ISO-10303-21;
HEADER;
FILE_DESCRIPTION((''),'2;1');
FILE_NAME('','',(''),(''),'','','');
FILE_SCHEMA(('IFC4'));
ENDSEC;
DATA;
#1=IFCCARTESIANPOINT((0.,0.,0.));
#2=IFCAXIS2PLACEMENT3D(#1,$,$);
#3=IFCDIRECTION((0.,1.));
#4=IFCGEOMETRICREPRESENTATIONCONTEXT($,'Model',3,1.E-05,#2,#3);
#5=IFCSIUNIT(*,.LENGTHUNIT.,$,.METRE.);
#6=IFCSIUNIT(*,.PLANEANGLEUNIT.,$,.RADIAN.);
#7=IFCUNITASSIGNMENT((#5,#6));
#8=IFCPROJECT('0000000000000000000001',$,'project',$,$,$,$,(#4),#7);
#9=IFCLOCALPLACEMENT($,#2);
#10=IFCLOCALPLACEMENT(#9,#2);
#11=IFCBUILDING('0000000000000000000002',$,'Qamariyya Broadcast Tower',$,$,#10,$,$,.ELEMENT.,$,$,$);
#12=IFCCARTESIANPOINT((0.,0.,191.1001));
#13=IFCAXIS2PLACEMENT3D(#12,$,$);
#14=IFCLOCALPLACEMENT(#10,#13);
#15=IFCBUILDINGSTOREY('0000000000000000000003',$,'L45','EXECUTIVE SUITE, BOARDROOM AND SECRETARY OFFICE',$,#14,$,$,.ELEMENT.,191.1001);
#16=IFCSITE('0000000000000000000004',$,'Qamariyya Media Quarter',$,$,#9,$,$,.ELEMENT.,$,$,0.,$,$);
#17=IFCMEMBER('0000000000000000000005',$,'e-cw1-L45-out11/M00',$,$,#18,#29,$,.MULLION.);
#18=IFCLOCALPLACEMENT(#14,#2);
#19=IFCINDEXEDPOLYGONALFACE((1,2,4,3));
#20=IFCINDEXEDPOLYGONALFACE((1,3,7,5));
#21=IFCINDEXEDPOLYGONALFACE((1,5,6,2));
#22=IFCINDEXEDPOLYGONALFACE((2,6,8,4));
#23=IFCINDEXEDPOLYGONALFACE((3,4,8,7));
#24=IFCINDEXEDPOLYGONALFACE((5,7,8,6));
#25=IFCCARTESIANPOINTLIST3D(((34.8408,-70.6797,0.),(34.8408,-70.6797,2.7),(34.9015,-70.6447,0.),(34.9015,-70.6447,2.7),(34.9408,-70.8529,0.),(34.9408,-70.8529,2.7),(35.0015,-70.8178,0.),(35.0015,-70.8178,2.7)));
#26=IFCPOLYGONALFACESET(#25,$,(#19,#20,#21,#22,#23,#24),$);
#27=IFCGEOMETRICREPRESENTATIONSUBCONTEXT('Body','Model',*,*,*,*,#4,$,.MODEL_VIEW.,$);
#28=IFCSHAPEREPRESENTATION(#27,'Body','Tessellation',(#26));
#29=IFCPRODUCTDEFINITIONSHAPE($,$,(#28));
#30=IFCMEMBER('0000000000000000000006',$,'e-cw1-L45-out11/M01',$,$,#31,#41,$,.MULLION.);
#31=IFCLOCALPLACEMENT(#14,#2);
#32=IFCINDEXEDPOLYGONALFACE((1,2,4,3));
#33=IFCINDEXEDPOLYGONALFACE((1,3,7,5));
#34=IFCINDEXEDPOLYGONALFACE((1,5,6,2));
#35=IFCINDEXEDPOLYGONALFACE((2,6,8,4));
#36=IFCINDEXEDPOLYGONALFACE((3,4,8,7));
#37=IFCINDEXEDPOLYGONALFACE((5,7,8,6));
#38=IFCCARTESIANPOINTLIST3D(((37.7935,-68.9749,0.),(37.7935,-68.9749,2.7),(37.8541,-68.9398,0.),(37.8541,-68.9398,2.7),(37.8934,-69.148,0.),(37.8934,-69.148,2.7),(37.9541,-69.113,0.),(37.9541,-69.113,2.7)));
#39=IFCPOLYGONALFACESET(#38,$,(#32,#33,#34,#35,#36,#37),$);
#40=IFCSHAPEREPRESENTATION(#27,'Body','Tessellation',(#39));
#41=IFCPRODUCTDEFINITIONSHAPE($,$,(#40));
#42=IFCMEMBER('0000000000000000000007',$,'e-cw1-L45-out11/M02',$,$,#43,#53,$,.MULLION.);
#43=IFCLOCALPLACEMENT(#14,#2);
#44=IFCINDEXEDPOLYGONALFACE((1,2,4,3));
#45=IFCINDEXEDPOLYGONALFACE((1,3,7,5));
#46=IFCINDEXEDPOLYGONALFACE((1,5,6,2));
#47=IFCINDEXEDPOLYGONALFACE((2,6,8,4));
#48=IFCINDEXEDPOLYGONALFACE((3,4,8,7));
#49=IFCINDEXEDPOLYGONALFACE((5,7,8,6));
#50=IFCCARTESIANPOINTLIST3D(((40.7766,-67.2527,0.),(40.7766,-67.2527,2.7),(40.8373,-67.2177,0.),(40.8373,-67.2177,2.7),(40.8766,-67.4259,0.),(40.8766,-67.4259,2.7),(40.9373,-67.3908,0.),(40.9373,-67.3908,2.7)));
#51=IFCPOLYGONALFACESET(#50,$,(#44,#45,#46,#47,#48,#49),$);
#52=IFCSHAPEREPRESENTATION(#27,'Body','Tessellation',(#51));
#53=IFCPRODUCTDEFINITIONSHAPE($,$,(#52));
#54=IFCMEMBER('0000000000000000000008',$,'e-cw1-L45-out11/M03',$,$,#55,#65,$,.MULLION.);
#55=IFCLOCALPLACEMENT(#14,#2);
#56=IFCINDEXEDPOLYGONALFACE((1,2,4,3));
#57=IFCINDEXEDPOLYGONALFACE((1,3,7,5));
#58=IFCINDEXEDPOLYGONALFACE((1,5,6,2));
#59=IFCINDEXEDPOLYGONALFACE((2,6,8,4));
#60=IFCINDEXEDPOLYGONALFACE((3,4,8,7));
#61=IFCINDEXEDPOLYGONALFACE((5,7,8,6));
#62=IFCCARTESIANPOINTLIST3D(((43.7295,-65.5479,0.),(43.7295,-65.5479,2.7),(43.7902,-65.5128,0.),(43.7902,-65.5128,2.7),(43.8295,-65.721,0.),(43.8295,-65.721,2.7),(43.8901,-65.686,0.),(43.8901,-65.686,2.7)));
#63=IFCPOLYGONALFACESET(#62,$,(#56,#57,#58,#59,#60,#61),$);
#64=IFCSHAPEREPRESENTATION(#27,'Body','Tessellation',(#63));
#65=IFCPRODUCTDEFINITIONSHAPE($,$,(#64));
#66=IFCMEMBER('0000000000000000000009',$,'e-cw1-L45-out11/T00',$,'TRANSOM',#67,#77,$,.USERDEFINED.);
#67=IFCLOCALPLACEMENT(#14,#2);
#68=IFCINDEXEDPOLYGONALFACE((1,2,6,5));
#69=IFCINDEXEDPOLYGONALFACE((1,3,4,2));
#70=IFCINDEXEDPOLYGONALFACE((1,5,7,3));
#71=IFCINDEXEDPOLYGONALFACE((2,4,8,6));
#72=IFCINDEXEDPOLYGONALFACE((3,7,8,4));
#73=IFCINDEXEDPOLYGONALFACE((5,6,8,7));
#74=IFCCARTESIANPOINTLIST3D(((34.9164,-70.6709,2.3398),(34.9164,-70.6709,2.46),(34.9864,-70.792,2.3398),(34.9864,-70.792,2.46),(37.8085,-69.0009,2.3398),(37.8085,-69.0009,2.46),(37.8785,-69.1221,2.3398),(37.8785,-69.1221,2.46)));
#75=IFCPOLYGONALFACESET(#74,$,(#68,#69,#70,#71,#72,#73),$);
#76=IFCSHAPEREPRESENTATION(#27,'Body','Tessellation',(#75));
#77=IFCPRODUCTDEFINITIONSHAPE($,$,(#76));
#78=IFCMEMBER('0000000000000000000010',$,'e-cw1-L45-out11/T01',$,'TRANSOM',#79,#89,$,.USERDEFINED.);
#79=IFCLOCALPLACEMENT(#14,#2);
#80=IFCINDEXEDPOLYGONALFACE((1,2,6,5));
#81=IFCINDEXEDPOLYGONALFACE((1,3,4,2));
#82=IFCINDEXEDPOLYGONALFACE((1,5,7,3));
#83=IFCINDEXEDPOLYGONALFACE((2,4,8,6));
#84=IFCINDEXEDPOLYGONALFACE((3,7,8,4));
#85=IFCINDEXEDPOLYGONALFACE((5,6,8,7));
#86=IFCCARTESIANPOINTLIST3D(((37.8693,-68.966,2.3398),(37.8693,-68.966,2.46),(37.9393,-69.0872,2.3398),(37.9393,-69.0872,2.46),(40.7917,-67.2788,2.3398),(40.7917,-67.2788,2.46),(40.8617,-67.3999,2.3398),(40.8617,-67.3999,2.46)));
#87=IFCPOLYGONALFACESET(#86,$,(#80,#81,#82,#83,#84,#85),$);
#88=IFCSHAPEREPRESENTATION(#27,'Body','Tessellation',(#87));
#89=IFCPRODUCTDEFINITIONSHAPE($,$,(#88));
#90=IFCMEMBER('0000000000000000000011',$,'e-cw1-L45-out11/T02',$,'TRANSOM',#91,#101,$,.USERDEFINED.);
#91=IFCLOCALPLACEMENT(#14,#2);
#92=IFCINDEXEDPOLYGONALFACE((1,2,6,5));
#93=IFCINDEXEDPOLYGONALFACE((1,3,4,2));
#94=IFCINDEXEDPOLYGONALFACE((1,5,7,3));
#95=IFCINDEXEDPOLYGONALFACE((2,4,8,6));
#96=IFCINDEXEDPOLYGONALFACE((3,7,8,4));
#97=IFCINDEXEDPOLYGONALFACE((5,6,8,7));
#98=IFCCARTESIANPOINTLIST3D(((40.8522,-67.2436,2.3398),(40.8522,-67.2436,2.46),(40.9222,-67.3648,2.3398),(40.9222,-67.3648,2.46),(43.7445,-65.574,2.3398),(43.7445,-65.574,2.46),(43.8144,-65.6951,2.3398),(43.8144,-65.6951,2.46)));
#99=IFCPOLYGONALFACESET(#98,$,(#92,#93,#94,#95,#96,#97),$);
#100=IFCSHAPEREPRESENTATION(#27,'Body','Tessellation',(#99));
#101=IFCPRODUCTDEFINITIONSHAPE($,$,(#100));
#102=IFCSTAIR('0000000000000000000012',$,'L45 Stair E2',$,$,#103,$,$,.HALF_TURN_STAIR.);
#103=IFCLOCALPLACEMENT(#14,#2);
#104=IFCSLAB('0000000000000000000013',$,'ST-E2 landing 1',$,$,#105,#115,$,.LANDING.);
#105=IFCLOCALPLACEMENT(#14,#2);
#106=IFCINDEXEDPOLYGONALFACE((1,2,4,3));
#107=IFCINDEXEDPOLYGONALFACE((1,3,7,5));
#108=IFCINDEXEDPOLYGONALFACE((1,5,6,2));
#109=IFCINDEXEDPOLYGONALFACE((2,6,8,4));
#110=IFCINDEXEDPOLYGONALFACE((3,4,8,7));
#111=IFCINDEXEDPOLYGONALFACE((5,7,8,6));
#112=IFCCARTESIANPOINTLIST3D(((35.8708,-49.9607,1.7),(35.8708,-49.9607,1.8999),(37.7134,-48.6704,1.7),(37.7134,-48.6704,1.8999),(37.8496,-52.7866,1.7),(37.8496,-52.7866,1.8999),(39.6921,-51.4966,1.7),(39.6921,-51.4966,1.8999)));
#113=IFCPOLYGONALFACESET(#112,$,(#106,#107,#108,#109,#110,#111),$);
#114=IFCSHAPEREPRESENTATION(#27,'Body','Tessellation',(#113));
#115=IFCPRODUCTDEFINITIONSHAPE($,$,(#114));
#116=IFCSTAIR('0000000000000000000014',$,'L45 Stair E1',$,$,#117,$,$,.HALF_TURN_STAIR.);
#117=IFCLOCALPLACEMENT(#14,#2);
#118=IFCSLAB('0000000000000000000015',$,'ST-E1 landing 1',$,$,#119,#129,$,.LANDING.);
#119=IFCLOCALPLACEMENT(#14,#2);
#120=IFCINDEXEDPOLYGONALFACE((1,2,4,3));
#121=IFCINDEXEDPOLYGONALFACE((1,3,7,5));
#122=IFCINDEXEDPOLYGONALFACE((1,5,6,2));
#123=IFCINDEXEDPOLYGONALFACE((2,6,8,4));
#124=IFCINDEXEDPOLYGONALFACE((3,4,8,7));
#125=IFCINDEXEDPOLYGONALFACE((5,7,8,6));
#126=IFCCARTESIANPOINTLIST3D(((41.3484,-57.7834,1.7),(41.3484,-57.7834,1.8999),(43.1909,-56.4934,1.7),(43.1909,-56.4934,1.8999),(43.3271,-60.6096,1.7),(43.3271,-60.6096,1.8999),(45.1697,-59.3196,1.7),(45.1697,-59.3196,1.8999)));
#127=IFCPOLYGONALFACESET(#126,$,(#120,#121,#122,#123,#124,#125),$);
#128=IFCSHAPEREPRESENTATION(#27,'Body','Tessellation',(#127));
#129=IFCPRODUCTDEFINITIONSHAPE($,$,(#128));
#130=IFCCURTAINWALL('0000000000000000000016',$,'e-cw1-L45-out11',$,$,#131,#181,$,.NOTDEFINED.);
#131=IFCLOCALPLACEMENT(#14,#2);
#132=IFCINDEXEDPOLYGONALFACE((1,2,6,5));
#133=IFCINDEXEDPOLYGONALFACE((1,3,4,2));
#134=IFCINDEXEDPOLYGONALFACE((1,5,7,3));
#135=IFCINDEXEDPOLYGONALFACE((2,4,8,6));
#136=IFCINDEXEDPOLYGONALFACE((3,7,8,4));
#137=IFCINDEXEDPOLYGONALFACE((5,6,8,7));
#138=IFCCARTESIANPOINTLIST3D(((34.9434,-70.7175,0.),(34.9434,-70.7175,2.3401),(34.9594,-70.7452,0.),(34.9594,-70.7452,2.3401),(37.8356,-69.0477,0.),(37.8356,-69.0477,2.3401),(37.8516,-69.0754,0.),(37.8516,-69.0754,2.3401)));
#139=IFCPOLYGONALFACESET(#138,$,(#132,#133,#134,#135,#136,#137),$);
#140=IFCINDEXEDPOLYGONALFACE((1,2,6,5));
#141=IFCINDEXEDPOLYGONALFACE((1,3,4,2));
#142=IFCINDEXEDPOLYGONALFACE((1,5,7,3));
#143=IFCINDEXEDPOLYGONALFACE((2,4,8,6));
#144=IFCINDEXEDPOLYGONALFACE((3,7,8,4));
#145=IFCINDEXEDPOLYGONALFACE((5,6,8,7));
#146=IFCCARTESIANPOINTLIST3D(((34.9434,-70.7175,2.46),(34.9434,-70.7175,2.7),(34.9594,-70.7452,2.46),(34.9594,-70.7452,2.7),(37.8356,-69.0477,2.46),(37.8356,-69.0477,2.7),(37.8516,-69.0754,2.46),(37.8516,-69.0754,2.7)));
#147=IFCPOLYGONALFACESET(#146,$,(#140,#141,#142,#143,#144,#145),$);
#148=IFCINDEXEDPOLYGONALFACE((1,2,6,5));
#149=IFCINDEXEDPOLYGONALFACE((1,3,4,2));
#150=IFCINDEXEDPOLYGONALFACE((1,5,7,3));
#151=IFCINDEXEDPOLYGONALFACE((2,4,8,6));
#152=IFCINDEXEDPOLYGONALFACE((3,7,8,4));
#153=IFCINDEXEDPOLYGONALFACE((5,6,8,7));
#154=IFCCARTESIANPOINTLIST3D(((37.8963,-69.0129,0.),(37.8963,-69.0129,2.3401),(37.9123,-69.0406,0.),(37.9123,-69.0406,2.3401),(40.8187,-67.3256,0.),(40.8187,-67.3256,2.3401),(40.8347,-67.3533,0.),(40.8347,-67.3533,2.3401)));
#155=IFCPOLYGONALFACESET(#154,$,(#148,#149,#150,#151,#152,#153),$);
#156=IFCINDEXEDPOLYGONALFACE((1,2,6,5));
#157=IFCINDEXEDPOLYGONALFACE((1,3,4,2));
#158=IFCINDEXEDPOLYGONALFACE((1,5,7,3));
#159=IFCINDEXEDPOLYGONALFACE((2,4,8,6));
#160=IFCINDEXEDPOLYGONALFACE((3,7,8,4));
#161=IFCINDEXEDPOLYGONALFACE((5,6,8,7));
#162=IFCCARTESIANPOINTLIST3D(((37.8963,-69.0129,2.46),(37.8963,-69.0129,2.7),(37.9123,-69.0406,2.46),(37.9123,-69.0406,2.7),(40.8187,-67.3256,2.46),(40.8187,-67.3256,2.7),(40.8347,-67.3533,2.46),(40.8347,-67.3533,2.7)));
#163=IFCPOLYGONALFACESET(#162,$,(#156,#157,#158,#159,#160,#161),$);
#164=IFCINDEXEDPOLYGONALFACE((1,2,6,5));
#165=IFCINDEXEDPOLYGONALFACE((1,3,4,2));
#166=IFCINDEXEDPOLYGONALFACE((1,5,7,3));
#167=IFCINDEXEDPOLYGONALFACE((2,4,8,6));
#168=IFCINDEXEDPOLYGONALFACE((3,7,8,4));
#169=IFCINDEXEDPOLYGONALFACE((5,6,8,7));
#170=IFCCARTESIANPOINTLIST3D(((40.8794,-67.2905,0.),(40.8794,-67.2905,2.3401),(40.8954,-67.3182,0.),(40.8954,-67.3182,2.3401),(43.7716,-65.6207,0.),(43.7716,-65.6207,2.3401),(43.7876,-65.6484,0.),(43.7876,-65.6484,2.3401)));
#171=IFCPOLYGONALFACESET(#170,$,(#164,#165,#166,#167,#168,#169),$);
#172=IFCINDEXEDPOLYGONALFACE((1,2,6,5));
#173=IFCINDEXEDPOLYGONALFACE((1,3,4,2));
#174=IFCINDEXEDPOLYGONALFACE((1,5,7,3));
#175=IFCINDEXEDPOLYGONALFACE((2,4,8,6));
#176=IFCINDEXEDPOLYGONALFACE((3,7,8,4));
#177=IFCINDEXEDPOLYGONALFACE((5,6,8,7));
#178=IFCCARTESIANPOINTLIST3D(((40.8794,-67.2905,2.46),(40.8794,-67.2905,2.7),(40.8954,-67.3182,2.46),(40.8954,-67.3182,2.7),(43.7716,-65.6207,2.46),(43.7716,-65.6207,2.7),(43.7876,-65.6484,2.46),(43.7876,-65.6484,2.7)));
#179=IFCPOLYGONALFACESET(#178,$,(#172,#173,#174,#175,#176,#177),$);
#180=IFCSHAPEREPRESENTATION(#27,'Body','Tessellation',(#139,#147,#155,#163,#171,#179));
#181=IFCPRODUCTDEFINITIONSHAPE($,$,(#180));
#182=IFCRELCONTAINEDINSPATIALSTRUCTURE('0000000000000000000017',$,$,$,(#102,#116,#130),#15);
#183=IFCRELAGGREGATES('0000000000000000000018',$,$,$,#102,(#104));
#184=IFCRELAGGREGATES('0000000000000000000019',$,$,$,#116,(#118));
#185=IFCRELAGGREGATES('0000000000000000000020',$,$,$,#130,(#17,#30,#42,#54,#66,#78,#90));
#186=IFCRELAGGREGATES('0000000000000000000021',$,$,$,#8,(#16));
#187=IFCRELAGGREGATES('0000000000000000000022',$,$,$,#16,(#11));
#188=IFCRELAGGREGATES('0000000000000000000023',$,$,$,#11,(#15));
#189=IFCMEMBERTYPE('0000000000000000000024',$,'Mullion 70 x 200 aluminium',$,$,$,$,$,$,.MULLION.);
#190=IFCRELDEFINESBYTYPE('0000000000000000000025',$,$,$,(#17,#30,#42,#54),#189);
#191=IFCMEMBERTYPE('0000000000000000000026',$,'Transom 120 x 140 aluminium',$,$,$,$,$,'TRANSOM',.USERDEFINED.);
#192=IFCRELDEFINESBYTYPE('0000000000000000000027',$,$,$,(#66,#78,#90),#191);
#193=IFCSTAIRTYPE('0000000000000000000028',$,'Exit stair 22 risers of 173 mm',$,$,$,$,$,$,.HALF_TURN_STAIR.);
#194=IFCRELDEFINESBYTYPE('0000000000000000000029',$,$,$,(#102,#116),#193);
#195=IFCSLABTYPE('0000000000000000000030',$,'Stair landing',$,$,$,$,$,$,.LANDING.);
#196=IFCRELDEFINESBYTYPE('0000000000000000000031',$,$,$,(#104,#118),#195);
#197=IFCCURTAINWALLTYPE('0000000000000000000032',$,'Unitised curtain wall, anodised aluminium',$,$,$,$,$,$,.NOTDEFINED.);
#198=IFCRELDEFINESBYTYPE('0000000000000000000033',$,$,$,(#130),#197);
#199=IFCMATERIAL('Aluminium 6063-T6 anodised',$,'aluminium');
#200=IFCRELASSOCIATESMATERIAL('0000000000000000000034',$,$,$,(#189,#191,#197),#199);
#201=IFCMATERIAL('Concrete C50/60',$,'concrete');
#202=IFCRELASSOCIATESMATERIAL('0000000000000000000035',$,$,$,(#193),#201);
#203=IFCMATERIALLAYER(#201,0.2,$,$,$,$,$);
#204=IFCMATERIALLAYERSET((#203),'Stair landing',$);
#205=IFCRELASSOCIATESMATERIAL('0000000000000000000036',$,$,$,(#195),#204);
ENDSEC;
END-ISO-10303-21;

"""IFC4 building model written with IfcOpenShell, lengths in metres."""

from ifc_helpers import new_model, si_unit, direction, frame, origin, origin_2d, place, context, subcontext, project, spatial, polyline, rectangle, outline, extrude, material, layer, layer_set, material_profile, profile_set, type_object, element, aggregate, save


model = new_model("IFC4")

# Units and contexts
model_context = context("Model", 3, precision=1e-05, world=origin(), true_north=direction((0.0, 1.0)))
body_context = subcontext(model_context, "Body", "Model", "MODEL_VIEW")
ifc_project = project(units=[si_unit("LENGTHUNIT", "METRE"), si_unit("PLANEANGLEUNIT", "RADIAN")], contexts=[model_context])

# Members
ifc_material_1 = material(Name="Aluminium 6063-T6 anodised", Category="aluminium")
ifc_material_profile_1 = material_profile(ifc_material_1, rectangle(XDim=0.2, YDim=0.0701, at=origin_2d()))
ifc_profile_set_1 = profile_set([ifc_material_profile_1], Name="Aluminium 6063-T6 anodised")
member_type_1 = type_object("IfcMemberType", Name="Mullion 70 x 200 aluminium", PredefinedType="MULLION", material=ifc_profile_set_1)
site_placement = place(None, origin())
building_placement = place(site_placement, origin())
storey_placement = place(building_placement, frame((0.0, 0.0, 191.1001)))
member_1_placement = place(storey_placement, frame((34.9211, -70.7488, 0.0), z_axis=(0.0, 0.0, 1.0), x_axis=(-0.5, 0.866025, 0.0)))
member_1 = element("IfcMember", 1, at=member_1_placement, type_object=member_type_1, Name="e-cw1-L45-out11/M00", PredefinedType="MULLION", context=body_context, shape_type="SweptSolid", body=[
    extrude(rectangle(XDim=0.2, YDim=0.0701, at=origin_2d()), origin(), (0.0, 0.0, 1.0), 2.7),
])
member_2_placement = place(storey_placement, frame((37.8738, -69.0439, 0.0), z_axis=(0.0, 0.0, 1.0), x_axis=(-0.5, 0.866025, 0.0)))
member_2 = element("IfcMember", 2, at=member_2_placement, type_object=member_type_1, Name="e-cw1-L45-out11/M01", PredefinedType="MULLION", context=body_context, shape_type="SweptSolid", body=[
    extrude(rectangle(XDim=0.2, YDim=0.0701, at=origin_2d()), origin(), (0.0, 0.0, 1.0), 2.7),
])
member_3_placement = place(storey_placement, frame((40.8569, -67.3218, 0.0), z_axis=(0.0, 0.0, 1.0), x_axis=(-0.5, 0.866025, 0.0)))
member_3 = element("IfcMember", 3, at=member_3_placement, type_object=member_type_1, Name="e-cw1-L45-out11/M02", PredefinedType="MULLION", context=body_context, shape_type="SweptSolid", body=[
    extrude(rectangle(XDim=0.2, YDim=0.0701, at=origin_2d()), origin(), (0.0, 0.0, 1.0), 2.7),
])
member_4_placement = place(storey_placement, frame((43.8098, -65.6169, 0.0), z_axis=(0.0, 0.0, 1.0), x_axis=(-0.5, 0.866025, 0.0)))
member_4 = element("IfcMember", 4, at=member_4_placement, type_object=member_type_1, Name="e-cw1-L45-out11/M03", PredefinedType="MULLION", context=body_context, shape_type="SweptSolid", body=[
    extrude(rectangle(XDim=0.2, YDim=0.0701, at=origin_2d()), origin(), (0.0, 0.0, 1.0), 2.7),
])
ifc_material_profile_2 = material_profile(ifc_material_1, rectangle(XDim=0.1399, YDim=0.1201, at=origin_2d()))
ifc_profile_set_2 = profile_set([ifc_material_profile_2], Name="Aluminium 6063-T6 anodised")
member_type_2 = type_object("IfcMemberType", Name="Transom 120 x 140 aluminium", ElementType="TRANSOM", PredefinedType="USERDEFINED", material=ifc_profile_set_2)
member_5_placement = place(storey_placement, frame((34.9514, -70.7314, 2.3999), z_axis=(0.866003, 0.500039, 0.0), x_axis=(-0.500039, 0.866003, 0.0)))
member_5 = element("IfcMember", 5, at=member_5_placement, type_object=member_type_2, Name="e-cw1-L45-out11/T00", ObjectType="TRANSOM", PredefinedType="USERDEFINED", context=body_context, shape_type="SweptSolid", body=[
    extrude(rectangle(XDim=0.1399, YDim=0.1201, at=origin_2d()), origin(), (0.0, 0.0, 1.0), 3.3396),
])
member_6_placement = place(storey_placement, frame((37.9043, -69.0266, 2.3999), z_axis=(0.866022, 0.500006, 0.0), x_axis=(-0.500006, 0.866022, 0.0)))
member_6 = element("IfcMember", 6, at=member_6_placement, type_object=member_type_2, Name="e-cw1-L45-out11/T01", ObjectType="TRANSOM", PredefinedType="USERDEFINED", context=body_context, shape_type="SweptSolid", body=[
    extrude(rectangle(XDim=0.1399, YDim=0.1201, at=origin_2d()), origin(), (0.0, 0.0, 1.0), 3.3745),
])
member_7_placement = place(storey_placement, frame((40.8872, -67.3042, 2.3999), z_axis=(0.866053, 0.499952, 0.0), x_axis=(-0.499952, 0.866053, 0.0)))
member_7 = element("IfcMember", 7, at=member_7_placement, type_object=member_type_2, Name="e-cw1-L45-out11/T02", ObjectType="TRANSOM", PredefinedType="USERDEFINED", context=body_context, shape_type="SweptSolid", body=[
    extrude(rectangle(XDim=0.1399, YDim=0.1201, at=origin_2d()), origin(), (0.0, 0.0, 1.0), 3.3396),
])

# Site, building, storey
site = spatial("IfcSite", under=ifc_project, at=site_placement, Name="Qamariyya Media Quarter", CompositionType="ELEMENT", RefElevation=0.0)
building = spatial("IfcBuilding", under=site, at=building_placement, Name="Qamariyya Broadcast Tower", CompositionType="ELEMENT")
storey = spatial("IfcBuildingStorey", under=building, at=storey_placement, Name="L45", Description="EXECUTIVE SUITE, BOARDROOM AND SECRETARY OFFICE", CompositionType="ELEMENT", Elevation=191.1001)

# Stairs, slabs
ifc_material_2 = material(Name="Concrete C50/60", Category="concrete")
stair_type = type_object("IfcStairType", Name="Exit stair 22 risers of 173 mm", PredefinedType="HALF_TURN_STAIR", material=ifc_material_2)
stair_1_placement = place(storey_placement, origin())
stair_1 = element("IfcStair", 8, at=stair_1_placement, inside=storey, type_object=stair_type, Name="L45 Stair E2", PredefinedType="HALF_TURN_STAIR")
ifc_layer = layer(ifc_material_2, 0.2)
ifc_layer_set = layer_set([ifc_layer], Name="Stair landing")
slab_type = type_object("IfcSlabType", Name="Stair landing", PredefinedType="LANDING", material=ifc_layer_set)
slab_1_placement = place(storey_placement, frame((0.0, 0.0, 1.7)))
slab_1 = element("IfcSlab", 9, at=slab_1_placement, type_object=slab_type, Name="ST-E2 landing 1", PredefinedType="LANDING", context=body_context, shape_type="SweptSolid", body=[
    extrude(outline(polyline([(37.7134, -48.6704), (35.8708, -49.9607), (37.8496, -52.7866), (39.6921, -51.4966), (37.7134, -48.6704)])), origin(), (0.0, 0.0, 1.0), 0.2),
])
aggregate(stair_1, [slab_1])
stair_2_placement = place(storey_placement, origin())
stair_2 = element("IfcStair", 10, at=stair_2_placement, inside=storey, type_object=stair_type, Name="L45 Stair E1", PredefinedType="HALF_TURN_STAIR")
slab_2_placement = place(storey_placement, frame((0.0, 0.0, 1.7)))
slab_2 = element("IfcSlab", 11, at=slab_2_placement, type_object=slab_type, Name="ST-E1 landing 1", PredefinedType="LANDING", context=body_context, shape_type="SweptSolid", body=[
    extrude(outline(polyline([(43.1909, -56.4934), (41.3484, -57.7834), (43.3271, -60.6096), (45.1697, -59.3196), (43.1909, -56.4934)])), origin(), (0.0, 0.0, 1.0), 0.2),
])
aggregate(stair_2, [slab_2])

# Curtain wall
curtain_wall_type = type_object("IfcCurtainWallType", Name="Unitised curtain wall, anodised aluminium", PredefinedType="NOTDEFINED", material=ifc_material_1)
curtain_wall_1_placement = place(storey_placement, origin())
curtain_wall_1 = element("IfcCurtainWall", 12, at=curtain_wall_1_placement, inside=storey, type_object=curtain_wall_type, Name="e-cw1-L45-out11", PredefinedType="NOTDEFINED", context=body_context, shape_type="SweptSolid", body=[
    extrude(rectangle(XDim=3.3396, YDim=0.032, at=origin_2d()), frame((36.3975, -69.8965, 0.0), x_axis=(0.866029, 0.499994, 0.0)), (0.0, 0.0, 1.0), 2.3401),
    extrude(rectangle(XDim=3.3396, YDim=0.032, at=origin_2d()), frame((36.3975, -69.8965, 2.46), x_axis=(0.866029, 0.499994, 0.0)), (0.0, 0.0, 1.0), 0.24),
    extrude(rectangle(XDim=3.3745, YDim=0.032, at=origin_2d()), frame((39.3655, -68.1831, 0.0), x_axis=(0.866029, 0.499994, 0.0)), (0.0, 0.0, 1.0), 2.3401),
    extrude(rectangle(XDim=3.3745, YDim=0.032, at=origin_2d()), frame((39.3655, -68.1831, 2.46), x_axis=(0.866029, 0.499994, 0.0)), (0.0, 0.0, 1.0), 0.24),
    extrude(rectangle(XDim=3.3396, YDim=0.032, at=origin_2d()), frame((42.3335, -66.4695, 0.0), x_axis=(0.866029, 0.499994, 0.0)), (0.0, 0.0, 1.0), 2.3401),
    extrude(rectangle(XDim=3.3396, YDim=0.032, at=origin_2d()), frame((42.3335, -66.4695, 2.46), x_axis=(0.866029, 0.499994, 0.0)), (0.0, 0.0, 1.0), 0.24),
])
aggregate(curtain_wall_1, [member_1, member_2, member_3, member_4, member_5, member_6, member_7])

save(model, "model.ifc")
